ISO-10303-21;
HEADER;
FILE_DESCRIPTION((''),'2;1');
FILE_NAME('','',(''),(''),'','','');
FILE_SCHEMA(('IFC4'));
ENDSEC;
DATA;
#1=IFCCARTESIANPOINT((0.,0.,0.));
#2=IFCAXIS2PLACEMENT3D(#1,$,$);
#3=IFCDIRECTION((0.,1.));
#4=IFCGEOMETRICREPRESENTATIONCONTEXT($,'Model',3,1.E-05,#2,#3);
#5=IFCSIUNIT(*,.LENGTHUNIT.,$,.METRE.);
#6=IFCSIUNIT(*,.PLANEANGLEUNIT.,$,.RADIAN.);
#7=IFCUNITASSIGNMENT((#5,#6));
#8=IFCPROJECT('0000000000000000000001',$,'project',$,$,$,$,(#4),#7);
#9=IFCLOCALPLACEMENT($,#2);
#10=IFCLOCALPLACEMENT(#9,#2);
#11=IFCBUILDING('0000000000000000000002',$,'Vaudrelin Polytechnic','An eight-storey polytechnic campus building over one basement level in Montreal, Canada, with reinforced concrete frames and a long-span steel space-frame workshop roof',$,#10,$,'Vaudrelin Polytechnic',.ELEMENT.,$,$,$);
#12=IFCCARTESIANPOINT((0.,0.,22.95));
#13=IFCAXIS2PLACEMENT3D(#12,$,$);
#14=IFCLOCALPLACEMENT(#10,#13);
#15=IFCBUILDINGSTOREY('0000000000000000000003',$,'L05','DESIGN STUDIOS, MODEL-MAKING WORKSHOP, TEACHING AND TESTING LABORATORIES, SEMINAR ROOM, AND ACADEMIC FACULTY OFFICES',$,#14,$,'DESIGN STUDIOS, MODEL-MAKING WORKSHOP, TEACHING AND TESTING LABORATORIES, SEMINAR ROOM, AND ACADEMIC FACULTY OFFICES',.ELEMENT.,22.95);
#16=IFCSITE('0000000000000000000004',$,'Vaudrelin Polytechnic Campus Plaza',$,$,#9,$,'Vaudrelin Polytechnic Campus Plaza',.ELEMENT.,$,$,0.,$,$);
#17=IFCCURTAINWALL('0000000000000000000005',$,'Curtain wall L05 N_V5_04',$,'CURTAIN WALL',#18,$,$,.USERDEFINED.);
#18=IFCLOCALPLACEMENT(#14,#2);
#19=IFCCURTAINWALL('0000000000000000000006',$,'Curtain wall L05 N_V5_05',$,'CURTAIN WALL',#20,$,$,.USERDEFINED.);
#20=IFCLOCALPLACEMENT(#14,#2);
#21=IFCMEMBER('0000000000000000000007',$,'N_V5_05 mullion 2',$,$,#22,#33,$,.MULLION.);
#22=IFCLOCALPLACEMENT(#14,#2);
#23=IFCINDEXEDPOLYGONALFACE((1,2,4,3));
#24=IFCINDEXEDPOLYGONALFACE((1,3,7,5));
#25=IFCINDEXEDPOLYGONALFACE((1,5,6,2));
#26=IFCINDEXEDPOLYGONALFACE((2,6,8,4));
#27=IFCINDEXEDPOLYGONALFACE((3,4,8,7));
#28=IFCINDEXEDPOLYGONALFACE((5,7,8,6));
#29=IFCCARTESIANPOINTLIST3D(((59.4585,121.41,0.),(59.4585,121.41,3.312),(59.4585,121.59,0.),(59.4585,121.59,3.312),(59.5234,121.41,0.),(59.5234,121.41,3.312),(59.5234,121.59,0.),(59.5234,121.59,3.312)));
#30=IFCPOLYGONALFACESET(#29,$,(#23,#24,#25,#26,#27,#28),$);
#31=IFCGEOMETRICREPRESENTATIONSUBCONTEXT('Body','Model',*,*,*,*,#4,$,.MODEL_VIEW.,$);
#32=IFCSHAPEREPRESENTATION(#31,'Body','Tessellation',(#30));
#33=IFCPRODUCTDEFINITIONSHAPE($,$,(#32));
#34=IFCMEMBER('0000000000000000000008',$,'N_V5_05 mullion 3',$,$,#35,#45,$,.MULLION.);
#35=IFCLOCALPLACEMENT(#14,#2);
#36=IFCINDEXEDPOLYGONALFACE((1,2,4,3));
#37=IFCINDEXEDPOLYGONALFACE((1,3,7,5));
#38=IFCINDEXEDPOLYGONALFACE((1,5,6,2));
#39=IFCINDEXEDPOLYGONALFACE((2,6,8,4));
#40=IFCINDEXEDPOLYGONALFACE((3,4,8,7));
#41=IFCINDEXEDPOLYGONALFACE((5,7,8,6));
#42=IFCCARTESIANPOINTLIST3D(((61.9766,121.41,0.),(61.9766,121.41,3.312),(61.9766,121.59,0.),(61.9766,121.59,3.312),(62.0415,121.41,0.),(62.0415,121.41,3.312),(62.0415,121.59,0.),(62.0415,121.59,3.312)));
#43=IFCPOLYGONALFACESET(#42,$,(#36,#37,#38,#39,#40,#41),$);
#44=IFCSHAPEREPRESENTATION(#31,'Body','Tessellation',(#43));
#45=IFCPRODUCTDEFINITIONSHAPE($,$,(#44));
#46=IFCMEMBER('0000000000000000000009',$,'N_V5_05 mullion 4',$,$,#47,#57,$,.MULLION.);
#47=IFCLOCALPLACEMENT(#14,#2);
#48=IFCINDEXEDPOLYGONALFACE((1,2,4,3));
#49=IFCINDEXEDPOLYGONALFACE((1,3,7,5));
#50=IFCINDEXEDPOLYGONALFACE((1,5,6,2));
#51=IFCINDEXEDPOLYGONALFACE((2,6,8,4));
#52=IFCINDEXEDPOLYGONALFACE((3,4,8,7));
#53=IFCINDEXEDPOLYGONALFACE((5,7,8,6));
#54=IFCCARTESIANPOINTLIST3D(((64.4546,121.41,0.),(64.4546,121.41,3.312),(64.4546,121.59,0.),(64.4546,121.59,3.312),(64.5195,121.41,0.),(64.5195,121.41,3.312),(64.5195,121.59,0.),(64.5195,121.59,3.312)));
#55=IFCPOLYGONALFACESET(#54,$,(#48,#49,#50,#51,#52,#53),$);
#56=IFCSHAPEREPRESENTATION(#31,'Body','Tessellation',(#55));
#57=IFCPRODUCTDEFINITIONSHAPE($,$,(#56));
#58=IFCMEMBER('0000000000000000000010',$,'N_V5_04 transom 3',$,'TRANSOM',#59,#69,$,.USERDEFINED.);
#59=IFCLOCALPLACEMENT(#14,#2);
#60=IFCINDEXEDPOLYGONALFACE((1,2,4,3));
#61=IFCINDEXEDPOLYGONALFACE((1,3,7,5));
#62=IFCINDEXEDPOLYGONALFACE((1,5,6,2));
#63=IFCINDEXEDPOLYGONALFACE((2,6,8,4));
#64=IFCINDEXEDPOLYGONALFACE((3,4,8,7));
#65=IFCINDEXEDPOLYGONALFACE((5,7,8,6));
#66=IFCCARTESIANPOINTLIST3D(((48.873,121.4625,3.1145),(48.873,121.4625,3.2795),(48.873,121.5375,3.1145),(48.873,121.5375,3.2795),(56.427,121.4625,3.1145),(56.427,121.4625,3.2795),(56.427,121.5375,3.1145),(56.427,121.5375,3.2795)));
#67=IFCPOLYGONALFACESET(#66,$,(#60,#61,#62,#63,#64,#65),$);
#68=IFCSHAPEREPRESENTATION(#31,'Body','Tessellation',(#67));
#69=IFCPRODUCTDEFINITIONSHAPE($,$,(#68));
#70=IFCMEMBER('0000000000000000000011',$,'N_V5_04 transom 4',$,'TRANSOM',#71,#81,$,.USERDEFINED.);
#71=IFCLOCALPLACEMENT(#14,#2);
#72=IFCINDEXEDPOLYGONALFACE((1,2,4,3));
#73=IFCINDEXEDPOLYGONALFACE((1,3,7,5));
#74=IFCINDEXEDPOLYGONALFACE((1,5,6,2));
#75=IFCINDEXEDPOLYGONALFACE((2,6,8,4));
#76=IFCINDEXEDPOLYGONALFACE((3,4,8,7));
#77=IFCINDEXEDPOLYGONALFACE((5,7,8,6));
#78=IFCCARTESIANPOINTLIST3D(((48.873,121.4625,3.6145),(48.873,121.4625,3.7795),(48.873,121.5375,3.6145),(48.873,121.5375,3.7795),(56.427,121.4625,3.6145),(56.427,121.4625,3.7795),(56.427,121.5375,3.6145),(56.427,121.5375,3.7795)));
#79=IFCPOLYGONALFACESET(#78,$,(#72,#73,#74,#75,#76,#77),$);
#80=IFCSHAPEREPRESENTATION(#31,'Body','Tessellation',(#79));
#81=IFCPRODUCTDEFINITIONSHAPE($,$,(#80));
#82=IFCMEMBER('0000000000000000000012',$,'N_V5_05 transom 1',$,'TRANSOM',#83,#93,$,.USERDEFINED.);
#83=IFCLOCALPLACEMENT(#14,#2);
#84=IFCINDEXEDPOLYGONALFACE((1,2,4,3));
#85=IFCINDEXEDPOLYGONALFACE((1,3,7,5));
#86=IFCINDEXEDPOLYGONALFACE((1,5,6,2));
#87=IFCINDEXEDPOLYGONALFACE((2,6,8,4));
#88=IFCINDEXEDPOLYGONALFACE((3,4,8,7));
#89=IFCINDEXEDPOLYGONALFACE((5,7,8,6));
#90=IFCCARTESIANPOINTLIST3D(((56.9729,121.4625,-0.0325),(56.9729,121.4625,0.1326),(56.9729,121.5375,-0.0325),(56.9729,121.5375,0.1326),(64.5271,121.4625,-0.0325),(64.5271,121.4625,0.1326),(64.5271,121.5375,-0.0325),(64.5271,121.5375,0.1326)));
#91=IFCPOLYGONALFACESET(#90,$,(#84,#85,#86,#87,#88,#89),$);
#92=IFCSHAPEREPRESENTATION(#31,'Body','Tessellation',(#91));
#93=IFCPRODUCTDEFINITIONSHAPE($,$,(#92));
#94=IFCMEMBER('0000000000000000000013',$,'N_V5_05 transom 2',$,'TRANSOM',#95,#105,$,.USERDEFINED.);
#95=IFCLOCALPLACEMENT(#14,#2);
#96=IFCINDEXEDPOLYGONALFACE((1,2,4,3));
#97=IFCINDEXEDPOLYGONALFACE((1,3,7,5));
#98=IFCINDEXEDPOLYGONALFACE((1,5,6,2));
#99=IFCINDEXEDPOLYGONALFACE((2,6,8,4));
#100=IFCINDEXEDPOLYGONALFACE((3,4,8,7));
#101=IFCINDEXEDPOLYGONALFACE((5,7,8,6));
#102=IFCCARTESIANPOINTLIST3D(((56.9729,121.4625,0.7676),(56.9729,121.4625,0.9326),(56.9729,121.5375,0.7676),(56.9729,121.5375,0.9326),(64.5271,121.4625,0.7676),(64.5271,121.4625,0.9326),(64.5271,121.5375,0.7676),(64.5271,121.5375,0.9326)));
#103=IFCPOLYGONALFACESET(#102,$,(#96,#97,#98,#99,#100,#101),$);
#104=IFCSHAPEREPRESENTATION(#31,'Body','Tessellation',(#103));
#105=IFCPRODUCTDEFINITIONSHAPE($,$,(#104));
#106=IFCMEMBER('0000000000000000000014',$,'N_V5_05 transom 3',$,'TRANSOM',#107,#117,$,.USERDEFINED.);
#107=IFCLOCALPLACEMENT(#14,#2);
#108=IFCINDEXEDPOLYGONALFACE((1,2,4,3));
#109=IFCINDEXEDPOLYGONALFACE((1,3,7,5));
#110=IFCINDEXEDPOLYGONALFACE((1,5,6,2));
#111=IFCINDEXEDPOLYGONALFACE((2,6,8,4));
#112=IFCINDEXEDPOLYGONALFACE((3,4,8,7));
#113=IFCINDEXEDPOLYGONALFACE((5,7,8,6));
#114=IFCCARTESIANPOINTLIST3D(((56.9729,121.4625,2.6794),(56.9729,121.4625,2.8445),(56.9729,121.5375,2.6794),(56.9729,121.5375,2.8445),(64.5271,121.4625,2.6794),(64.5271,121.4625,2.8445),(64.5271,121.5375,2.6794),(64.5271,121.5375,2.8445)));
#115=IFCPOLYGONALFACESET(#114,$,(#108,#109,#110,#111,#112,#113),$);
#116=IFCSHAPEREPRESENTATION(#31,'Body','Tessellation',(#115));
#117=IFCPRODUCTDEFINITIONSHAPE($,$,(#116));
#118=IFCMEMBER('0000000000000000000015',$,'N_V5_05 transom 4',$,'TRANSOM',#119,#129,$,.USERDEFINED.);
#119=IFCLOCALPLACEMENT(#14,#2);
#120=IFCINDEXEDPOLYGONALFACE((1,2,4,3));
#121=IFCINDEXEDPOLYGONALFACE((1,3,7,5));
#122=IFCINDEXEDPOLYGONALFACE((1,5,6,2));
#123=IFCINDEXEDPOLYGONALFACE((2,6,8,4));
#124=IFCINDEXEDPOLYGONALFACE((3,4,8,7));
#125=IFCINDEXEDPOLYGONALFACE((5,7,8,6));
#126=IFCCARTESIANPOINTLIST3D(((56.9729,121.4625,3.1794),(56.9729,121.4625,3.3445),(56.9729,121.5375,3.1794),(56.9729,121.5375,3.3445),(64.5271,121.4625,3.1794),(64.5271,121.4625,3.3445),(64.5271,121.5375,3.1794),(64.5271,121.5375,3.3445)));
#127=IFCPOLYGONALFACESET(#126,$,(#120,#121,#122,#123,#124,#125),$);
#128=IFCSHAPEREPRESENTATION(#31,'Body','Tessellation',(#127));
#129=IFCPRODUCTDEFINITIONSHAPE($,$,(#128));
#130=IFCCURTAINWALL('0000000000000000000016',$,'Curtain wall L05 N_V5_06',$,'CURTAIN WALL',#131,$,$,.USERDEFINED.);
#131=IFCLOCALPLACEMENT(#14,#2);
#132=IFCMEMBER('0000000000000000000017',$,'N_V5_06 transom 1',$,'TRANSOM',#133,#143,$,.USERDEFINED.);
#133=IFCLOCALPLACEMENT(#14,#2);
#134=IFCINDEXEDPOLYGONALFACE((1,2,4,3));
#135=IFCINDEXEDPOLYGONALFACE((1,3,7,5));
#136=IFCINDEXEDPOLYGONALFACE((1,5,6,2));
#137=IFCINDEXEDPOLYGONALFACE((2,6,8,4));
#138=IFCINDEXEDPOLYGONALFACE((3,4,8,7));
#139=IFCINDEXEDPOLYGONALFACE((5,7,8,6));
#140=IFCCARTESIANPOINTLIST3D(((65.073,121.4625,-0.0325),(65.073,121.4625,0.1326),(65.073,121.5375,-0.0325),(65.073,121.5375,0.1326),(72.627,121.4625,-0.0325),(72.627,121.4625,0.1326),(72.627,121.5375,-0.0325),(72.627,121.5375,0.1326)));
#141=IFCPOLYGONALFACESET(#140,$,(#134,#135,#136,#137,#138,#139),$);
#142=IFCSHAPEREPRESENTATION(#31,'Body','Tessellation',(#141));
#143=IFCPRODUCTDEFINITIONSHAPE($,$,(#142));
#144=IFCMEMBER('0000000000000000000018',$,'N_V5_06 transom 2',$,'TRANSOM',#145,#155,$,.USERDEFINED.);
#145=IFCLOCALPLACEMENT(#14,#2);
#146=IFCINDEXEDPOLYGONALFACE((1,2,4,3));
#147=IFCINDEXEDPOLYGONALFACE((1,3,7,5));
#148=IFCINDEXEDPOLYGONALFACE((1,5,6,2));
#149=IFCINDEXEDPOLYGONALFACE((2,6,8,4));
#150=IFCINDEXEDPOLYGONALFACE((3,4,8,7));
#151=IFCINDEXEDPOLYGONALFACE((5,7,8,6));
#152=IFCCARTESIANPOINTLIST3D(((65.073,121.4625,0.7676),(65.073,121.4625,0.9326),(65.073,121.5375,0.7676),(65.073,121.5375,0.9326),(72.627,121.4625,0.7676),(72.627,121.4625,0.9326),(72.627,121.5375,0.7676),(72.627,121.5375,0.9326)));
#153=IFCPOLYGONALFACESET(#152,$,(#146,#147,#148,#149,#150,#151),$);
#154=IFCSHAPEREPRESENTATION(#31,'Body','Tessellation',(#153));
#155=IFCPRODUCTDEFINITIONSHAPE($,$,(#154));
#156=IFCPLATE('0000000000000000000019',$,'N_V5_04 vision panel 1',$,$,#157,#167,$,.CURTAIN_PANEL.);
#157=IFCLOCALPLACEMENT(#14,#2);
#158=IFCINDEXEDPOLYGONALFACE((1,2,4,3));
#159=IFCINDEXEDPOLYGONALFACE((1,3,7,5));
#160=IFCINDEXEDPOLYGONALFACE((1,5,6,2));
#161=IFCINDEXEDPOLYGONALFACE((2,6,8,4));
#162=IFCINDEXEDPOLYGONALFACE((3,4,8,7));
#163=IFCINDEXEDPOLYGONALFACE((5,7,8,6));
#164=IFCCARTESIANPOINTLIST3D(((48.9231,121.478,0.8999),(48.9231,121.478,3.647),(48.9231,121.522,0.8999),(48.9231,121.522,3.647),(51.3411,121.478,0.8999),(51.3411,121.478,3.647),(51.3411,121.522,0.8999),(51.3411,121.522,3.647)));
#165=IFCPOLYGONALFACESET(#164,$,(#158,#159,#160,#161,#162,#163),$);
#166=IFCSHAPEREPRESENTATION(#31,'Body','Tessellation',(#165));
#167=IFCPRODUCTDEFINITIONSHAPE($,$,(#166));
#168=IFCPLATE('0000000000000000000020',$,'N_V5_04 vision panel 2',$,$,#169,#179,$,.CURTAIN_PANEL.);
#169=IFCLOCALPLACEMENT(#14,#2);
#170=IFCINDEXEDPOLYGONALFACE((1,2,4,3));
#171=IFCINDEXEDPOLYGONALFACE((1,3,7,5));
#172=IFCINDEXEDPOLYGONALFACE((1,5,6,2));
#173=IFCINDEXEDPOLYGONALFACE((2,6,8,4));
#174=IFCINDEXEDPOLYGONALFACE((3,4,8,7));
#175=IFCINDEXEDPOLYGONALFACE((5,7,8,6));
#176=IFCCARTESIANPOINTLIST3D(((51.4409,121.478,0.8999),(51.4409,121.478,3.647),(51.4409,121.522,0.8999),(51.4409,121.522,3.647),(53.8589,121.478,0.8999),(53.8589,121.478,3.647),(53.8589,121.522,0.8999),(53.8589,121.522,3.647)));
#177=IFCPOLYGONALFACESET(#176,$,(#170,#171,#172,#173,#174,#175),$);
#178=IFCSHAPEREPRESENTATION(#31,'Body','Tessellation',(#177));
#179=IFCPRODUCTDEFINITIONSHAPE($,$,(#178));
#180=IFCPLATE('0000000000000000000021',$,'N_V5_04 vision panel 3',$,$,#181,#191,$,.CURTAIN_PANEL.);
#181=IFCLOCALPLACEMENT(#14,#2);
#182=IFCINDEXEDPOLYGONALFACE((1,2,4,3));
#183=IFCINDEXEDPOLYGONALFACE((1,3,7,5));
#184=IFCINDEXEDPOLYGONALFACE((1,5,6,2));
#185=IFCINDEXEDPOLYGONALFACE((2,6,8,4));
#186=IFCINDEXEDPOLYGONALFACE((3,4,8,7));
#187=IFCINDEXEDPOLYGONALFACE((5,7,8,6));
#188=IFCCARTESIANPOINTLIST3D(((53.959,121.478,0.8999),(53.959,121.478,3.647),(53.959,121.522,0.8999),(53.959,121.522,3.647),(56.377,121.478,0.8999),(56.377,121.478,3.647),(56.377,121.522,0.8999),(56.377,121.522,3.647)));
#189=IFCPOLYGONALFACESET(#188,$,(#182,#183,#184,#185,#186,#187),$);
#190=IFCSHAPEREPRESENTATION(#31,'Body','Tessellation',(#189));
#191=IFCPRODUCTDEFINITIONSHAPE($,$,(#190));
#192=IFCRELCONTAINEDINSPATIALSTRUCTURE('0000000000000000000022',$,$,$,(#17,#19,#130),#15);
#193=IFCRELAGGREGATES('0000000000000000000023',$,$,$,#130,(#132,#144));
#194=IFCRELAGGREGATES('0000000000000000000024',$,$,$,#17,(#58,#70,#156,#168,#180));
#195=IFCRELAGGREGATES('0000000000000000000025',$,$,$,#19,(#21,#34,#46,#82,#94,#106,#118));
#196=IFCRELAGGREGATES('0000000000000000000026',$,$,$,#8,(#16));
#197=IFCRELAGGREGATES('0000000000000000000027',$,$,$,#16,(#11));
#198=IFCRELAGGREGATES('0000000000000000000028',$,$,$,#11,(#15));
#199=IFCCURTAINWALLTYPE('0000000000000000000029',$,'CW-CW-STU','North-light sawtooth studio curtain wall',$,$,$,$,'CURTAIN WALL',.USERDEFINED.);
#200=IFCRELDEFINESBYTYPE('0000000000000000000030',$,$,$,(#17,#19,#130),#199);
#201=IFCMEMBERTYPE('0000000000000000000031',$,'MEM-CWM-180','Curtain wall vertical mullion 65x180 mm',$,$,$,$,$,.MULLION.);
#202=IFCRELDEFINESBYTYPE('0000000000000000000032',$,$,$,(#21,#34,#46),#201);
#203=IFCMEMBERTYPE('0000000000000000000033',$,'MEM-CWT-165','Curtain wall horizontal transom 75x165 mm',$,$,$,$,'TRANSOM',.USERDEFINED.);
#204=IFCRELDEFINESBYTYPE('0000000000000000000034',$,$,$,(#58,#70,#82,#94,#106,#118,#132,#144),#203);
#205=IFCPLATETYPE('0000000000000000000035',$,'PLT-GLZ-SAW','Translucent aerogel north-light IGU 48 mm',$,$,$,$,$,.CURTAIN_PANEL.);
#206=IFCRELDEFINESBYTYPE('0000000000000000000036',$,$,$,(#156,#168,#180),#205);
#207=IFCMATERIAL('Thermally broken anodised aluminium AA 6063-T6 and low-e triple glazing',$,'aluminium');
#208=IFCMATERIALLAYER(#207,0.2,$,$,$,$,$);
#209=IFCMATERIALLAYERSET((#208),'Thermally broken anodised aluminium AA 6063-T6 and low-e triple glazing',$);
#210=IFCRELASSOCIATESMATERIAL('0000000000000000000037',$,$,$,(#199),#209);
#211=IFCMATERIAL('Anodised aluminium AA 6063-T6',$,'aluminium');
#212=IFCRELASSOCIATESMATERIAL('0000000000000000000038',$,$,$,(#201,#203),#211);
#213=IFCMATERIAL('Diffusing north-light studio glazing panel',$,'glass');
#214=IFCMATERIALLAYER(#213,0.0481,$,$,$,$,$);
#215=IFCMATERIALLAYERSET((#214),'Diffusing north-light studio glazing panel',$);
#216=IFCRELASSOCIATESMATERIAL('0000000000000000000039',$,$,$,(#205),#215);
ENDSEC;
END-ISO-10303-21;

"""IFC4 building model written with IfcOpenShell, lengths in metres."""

from ifc_helpers import new_model, si_unit, direction, frame, origin, origin_2d, place, context, subcontext, project, spatial, rectangle, extrude, material, layer, layer_set, material_profile, profile_set, type_object, element, aggregate, save


model = new_model("IFC4")

# Units and contexts
model_context = context("Model", 3, precision=1e-05, world=origin(), true_north=direction((0.0, 1.0)))
body_context = subcontext(model_context, "Body", "Model", "MODEL_VIEW")
ifc_project = project(units=[si_unit("LENGTHUNIT", "METRE"), si_unit("PLANEANGLEUNIT", "RADIAN")], contexts=[model_context])

# Site, building, storey
site_placement = place(None, origin())
site = spatial("IfcSite", under=ifc_project, at=site_placement, Name="Vaudrelin Polytechnic Campus Plaza", LongName="Vaudrelin Polytechnic Campus Plaza", CompositionType="ELEMENT", RefElevation=0.0)
building_placement = place(site_placement, origin())
building = spatial("IfcBuilding", under=site, at=building_placement, Name="Vaudrelin Polytechnic", Description="An eight-storey polytechnic campus building over one basement level in Montreal, Canada, with reinforced concrete frames and a long-span steel space-frame workshop roof", LongName="Vaudrelin Polytechnic", CompositionType="ELEMENT")
storey_placement = place(building_placement, frame((0.0, 0.0, 22.95)))
storey = spatial("IfcBuildingStorey", under=building, at=storey_placement, Name="L05", Description="DESIGN STUDIOS, MODEL-MAKING WORKSHOP, TEACHING AND TESTING LABORATORIES, SEMINAR ROOM, AND ACADEMIC FACULTY OFFICES", LongName="DESIGN STUDIOS, MODEL-MAKING WORKSHOP, TEACHING AND TESTING LABORATORIES, SEMINAR ROOM, AND ACADEMIC FACULTY OFFICES", CompositionType="ELEMENT", Elevation=22.95)

# Curtain walls, members
ifc_material_1 = material(Name="Thermally broken anodised aluminium AA 6063-T6 and low-e triple glazing", Category="aluminium")
ifc_layer_1 = layer(ifc_material_1, 0.2)
ifc_layer_set_1 = layer_set([ifc_layer_1], Name="Thermally broken anodised aluminium AA 6063-T6 and low-e triple glazing")
curtain_wall_type = type_object("IfcCurtainWallType", Name="CW-CW-STU", Description="North-light sawtooth studio curtain wall", ElementType="CURTAIN WALL", PredefinedType="USERDEFINED", material=ifc_layer_set_1)
curtain_wall_1_placement = place(storey_placement, origin())
curtain_wall_1 = element("IfcCurtainWall", 1, at=curtain_wall_1_placement, inside=storey, type_object=curtain_wall_type, Name="Curtain wall L05 N_V5_04", ObjectType="CURTAIN WALL", PredefinedType="USERDEFINED")
ifc_material_2 = material(Name="Anodised aluminium AA 6063-T6", Category="aluminium")
ifc_material_profile_1 = material_profile(ifc_material_2, rectangle(XDim=0.0649, YDim=0.1799, at=origin_2d()), Name="CWM-65x180")
ifc_profile_set_1 = profile_set([ifc_material_profile_1], Name="Anodised aluminium AA 6063-T6")
member_type_1 = type_object("IfcMemberType", Name="MEM-CWM-180", Description="Curtain wall vertical mullion 65x180 mm", PredefinedType="MULLION", material=ifc_profile_set_1)
curtain_wall_2_placement = place(storey_placement, origin())
curtain_wall_2 = element("IfcCurtainWall", 2, at=curtain_wall_2_placement, inside=storey, type_object=curtain_wall_type, Name="Curtain wall L05 N_V5_05", ObjectType="CURTAIN WALL", PredefinedType="USERDEFINED")
member_1_placement = place(storey_placement, frame((59.491, 121.5, 0.0), z_axis=(0.0, 0.0, 1.0), x_axis=(1.0, 0.0, 0.0)))
member_1 = element("IfcMember", 3, at=member_1_placement, type_object=member_type_1, Name="N_V5_05 mullion 2", PredefinedType="MULLION", context=body_context, shape_type="SweptSolid", body=[
    extrude(rectangle(XDim=0.0649, YDim=0.1799, at=origin_2d()), origin(), (0.0, 0.0, 1.0), 3.312),
])
member_2_placement = place(storey_placement, frame((62.009, 121.5, 0.0), z_axis=(0.0, 0.0, 1.0), x_axis=(1.0, 0.0, 0.0)))
member_2 = element("IfcMember", 4, at=member_2_placement, type_object=member_type_1, Name="N_V5_05 mullion 3", PredefinedType="MULLION", context=body_context, shape_type="SweptSolid", body=[
    extrude(rectangle(XDim=0.0649, YDim=0.1799, at=origin_2d()), origin(), (0.0, 0.0, 1.0), 3.312),
])
member_3_placement = place(storey_placement, frame((64.4871, 121.5, 0.0), z_axis=(0.0, 0.0, 1.0), x_axis=(1.0, 0.0, 0.0)))
member_3 = element("IfcMember", 5, at=member_3_placement, type_object=member_type_1, Name="N_V5_05 mullion 4", PredefinedType="MULLION", context=body_context, shape_type="SweptSolid", body=[
    extrude(rectangle(XDim=0.0649, YDim=0.1799, at=origin_2d()), origin(), (0.0, 0.0, 1.0), 3.312),
])

# Members
ifc_material_profile_2 = material_profile(ifc_material_2, rectangle(XDim=0.075, YDim=0.165, at=origin_2d()), Name="CWT-75x165")
ifc_profile_set_2 = profile_set([ifc_material_profile_2], Name="Anodised aluminium AA 6063-T6")
member_type_2 = type_object("IfcMemberType", Name="MEM-CWT-165", Description="Curtain wall horizontal transom 75x165 mm", ElementType="TRANSOM", PredefinedType="USERDEFINED", material=ifc_profile_set_2)
member_4_placement = place(storey_placement, frame((48.873, 121.5, 3.197), z_axis=(1.0, 0.0, 0.0), x_axis=(0.0, 1.0, 0.0)))
member_4 = element("IfcMember", 6, at=member_4_placement, type_object=member_type_2, Name="N_V5_04 transom 3", ObjectType="TRANSOM", PredefinedType="USERDEFINED", context=body_context, shape_type="SweptSolid", body=[
    extrude(rectangle(XDim=0.075, YDim=0.165, at=origin_2d()), origin(), (0.0, 0.0, 1.0), 7.554),
])
member_5_placement = place(storey_placement, frame((48.873, 121.5, 3.697), z_axis=(1.0, 0.0, 0.0), x_axis=(0.0, 1.0, 0.0)))
member_5 = element("IfcMember", 7, at=member_5_placement, type_object=member_type_2, Name="N_V5_04 transom 4", ObjectType="TRANSOM", PredefinedType="USERDEFINED", context=body_context, shape_type="SweptSolid", body=[
    extrude(rectangle(XDim=0.075, YDim=0.165, at=origin_2d()), origin(), (0.0, 0.0, 1.0), 7.554),
])
member_6_placement = place(storey_placement, frame((56.9729, 121.5, 0.05), z_axis=(1.0, 0.0, 0.0), x_axis=(0.0, 1.0, 0.0)))
member_6 = element("IfcMember", 8, at=member_6_placement, type_object=member_type_2, Name="N_V5_05 transom 1", ObjectType="TRANSOM", PredefinedType="USERDEFINED", context=body_context, shape_type="SweptSolid", body=[
    extrude(rectangle(XDim=0.075, YDim=0.165, at=origin_2d()), origin(), (0.0, 0.0, 1.0), 7.5542),
])
member_7_placement = place(storey_placement, frame((56.9729, 121.5, 0.8501), z_axis=(1.0, 0.0, 0.0), x_axis=(0.0, 1.0, 0.0)))
member_7 = element("IfcMember", 9, at=member_7_placement, type_object=member_type_2, Name="N_V5_05 transom 2", ObjectType="TRANSOM", PredefinedType="USERDEFINED", context=body_context, shape_type="SweptSolid", body=[
    extrude(rectangle(XDim=0.075, YDim=0.165, at=origin_2d()), origin(), (0.0, 0.0, 1.0), 7.5542),
])
member_8_placement = place(storey_placement, frame((56.9729, 121.5, 2.762), z_axis=(1.0, 0.0, 0.0), x_axis=(0.0, 1.0, 0.0)))
member_8 = element("IfcMember", 10, at=member_8_placement, type_object=member_type_2, Name="N_V5_05 transom 3", ObjectType="TRANSOM", PredefinedType="USERDEFINED", context=body_context, shape_type="SweptSolid", body=[
    extrude(rectangle(XDim=0.075, YDim=0.165, at=origin_2d()), origin(), (0.0, 0.0, 1.0), 7.5542),
])
member_9_placement = place(storey_placement, frame((56.9729, 121.5, 3.262), z_axis=(1.0, 0.0, 0.0), x_axis=(0.0, 1.0, 0.0)))
member_9 = element("IfcMember", 11, at=member_9_placement, type_object=member_type_2, Name="N_V5_05 transom 4", ObjectType="TRANSOM", PredefinedType="USERDEFINED", context=body_context, shape_type="SweptSolid", body=[
    extrude(rectangle(XDim=0.075, YDim=0.165, at=origin_2d()), origin(), (0.0, 0.0, 1.0), 7.5542),
])

# Curtain wall, members
curtain_wall_3_placement = place(storey_placement, origin())
curtain_wall_3 = element("IfcCurtainWall", 12, at=curtain_wall_3_placement, inside=storey, type_object=curtain_wall_type, Name="Curtain wall L05 N_V5_06", ObjectType="CURTAIN WALL", PredefinedType="USERDEFINED")
member_10_placement = place(storey_placement, frame((65.073, 121.5, 0.05), z_axis=(1.0, 0.0, 0.0), x_axis=(0.0, 1.0, 0.0)))
member_10 = element("IfcMember", 13, at=member_10_placement, type_object=member_type_2, Name="N_V5_06 transom 1", ObjectType="TRANSOM", PredefinedType="USERDEFINED", context=body_context, shape_type="SweptSolid", body=[
    extrude(rectangle(XDim=0.075, YDim=0.165, at=origin_2d()), origin(), (0.0, 0.0, 1.0), 7.554),
])
member_11_placement = place(storey_placement, frame((65.073, 121.5, 0.8501), z_axis=(1.0, 0.0, 0.0), x_axis=(0.0, 1.0, 0.0)))
member_11 = element("IfcMember", 14, at=member_11_placement, type_object=member_type_2, Name="N_V5_06 transom 2", ObjectType="TRANSOM", PredefinedType="USERDEFINED", context=body_context, shape_type="SweptSolid", body=[
    extrude(rectangle(XDim=0.075, YDim=0.165, at=origin_2d()), origin(), (0.0, 0.0, 1.0), 7.554),
])
aggregate(curtain_wall_3, [member_10, member_11])

# Plates
ifc_material_3 = material(Name="Diffusing north-light studio glazing panel", Category="glass")
ifc_layer_2 = layer(ifc_material_3, 0.0481)
ifc_layer_set_2 = layer_set([ifc_layer_2], Name="Diffusing north-light studio glazing panel")
plate_type_1 = type_object("IfcPlateType", Name="PLT-GLZ-SAW", Description="Translucent aerogel north-light IGU 48 mm", PredefinedType="CURTAIN_PANEL", material=ifc_layer_set_2)
plate_1_placement = place(storey_placement, frame((50.1321, 121.5, 0.8999), z_axis=(0.0, 0.0, 1.0), x_axis=(1.0, 0.0, 0.0)))
plate_1 = element("IfcPlate", 15, at=plate_1_placement, type_object=plate_type_1, Name="N_V5_04 vision panel 1", PredefinedType="CURTAIN_PANEL", context=body_context, shape_type="SweptSolid", body=[
    extrude(rectangle(XDim=2.418, YDim=0.0439, at=origin_2d()), origin(), (0.0, 0.0, 1.0), 2.7471),
])
plate_2_placement = place(storey_placement, frame((52.6499, 121.5, 0.8999), z_axis=(0.0, 0.0, 1.0), x_axis=(1.0, 0.0, 0.0)))
plate_2 = element("IfcPlate", 16, at=plate_2_placement, type_object=plate_type_1, Name="N_V5_04 vision panel 2", PredefinedType="CURTAIN_PANEL", context=body_context, shape_type="SweptSolid", body=[
    extrude(rectangle(XDim=2.418, YDim=0.0439, at=origin_2d()), origin(), (0.0, 0.0, 1.0), 2.7471),
])
plate_3_placement = place(storey_placement, frame((55.168, 121.5, 0.8999), z_axis=(0.0, 0.0, 1.0), x_axis=(1.0, 0.0, 0.0)))
plate_3 = element("IfcPlate", 17, at=plate_3_placement, type_object=plate_type_1, Name="N_V5_04 vision panel 3", PredefinedType="CURTAIN_PANEL", context=body_context, shape_type="SweptSolid", body=[
    extrude(rectangle(XDim=2.418, YDim=0.0439, at=origin_2d()), origin(), (0.0, 0.0, 1.0), 2.7471),
])
aggregate(curtain_wall_1, [member_4, member_5, plate_1, plate_2, plate_3])
aggregate(curtain_wall_2, [member_1, member_2, member_3, member_6, member_7, member_8, member_9])

save(model, "model.ifc")
